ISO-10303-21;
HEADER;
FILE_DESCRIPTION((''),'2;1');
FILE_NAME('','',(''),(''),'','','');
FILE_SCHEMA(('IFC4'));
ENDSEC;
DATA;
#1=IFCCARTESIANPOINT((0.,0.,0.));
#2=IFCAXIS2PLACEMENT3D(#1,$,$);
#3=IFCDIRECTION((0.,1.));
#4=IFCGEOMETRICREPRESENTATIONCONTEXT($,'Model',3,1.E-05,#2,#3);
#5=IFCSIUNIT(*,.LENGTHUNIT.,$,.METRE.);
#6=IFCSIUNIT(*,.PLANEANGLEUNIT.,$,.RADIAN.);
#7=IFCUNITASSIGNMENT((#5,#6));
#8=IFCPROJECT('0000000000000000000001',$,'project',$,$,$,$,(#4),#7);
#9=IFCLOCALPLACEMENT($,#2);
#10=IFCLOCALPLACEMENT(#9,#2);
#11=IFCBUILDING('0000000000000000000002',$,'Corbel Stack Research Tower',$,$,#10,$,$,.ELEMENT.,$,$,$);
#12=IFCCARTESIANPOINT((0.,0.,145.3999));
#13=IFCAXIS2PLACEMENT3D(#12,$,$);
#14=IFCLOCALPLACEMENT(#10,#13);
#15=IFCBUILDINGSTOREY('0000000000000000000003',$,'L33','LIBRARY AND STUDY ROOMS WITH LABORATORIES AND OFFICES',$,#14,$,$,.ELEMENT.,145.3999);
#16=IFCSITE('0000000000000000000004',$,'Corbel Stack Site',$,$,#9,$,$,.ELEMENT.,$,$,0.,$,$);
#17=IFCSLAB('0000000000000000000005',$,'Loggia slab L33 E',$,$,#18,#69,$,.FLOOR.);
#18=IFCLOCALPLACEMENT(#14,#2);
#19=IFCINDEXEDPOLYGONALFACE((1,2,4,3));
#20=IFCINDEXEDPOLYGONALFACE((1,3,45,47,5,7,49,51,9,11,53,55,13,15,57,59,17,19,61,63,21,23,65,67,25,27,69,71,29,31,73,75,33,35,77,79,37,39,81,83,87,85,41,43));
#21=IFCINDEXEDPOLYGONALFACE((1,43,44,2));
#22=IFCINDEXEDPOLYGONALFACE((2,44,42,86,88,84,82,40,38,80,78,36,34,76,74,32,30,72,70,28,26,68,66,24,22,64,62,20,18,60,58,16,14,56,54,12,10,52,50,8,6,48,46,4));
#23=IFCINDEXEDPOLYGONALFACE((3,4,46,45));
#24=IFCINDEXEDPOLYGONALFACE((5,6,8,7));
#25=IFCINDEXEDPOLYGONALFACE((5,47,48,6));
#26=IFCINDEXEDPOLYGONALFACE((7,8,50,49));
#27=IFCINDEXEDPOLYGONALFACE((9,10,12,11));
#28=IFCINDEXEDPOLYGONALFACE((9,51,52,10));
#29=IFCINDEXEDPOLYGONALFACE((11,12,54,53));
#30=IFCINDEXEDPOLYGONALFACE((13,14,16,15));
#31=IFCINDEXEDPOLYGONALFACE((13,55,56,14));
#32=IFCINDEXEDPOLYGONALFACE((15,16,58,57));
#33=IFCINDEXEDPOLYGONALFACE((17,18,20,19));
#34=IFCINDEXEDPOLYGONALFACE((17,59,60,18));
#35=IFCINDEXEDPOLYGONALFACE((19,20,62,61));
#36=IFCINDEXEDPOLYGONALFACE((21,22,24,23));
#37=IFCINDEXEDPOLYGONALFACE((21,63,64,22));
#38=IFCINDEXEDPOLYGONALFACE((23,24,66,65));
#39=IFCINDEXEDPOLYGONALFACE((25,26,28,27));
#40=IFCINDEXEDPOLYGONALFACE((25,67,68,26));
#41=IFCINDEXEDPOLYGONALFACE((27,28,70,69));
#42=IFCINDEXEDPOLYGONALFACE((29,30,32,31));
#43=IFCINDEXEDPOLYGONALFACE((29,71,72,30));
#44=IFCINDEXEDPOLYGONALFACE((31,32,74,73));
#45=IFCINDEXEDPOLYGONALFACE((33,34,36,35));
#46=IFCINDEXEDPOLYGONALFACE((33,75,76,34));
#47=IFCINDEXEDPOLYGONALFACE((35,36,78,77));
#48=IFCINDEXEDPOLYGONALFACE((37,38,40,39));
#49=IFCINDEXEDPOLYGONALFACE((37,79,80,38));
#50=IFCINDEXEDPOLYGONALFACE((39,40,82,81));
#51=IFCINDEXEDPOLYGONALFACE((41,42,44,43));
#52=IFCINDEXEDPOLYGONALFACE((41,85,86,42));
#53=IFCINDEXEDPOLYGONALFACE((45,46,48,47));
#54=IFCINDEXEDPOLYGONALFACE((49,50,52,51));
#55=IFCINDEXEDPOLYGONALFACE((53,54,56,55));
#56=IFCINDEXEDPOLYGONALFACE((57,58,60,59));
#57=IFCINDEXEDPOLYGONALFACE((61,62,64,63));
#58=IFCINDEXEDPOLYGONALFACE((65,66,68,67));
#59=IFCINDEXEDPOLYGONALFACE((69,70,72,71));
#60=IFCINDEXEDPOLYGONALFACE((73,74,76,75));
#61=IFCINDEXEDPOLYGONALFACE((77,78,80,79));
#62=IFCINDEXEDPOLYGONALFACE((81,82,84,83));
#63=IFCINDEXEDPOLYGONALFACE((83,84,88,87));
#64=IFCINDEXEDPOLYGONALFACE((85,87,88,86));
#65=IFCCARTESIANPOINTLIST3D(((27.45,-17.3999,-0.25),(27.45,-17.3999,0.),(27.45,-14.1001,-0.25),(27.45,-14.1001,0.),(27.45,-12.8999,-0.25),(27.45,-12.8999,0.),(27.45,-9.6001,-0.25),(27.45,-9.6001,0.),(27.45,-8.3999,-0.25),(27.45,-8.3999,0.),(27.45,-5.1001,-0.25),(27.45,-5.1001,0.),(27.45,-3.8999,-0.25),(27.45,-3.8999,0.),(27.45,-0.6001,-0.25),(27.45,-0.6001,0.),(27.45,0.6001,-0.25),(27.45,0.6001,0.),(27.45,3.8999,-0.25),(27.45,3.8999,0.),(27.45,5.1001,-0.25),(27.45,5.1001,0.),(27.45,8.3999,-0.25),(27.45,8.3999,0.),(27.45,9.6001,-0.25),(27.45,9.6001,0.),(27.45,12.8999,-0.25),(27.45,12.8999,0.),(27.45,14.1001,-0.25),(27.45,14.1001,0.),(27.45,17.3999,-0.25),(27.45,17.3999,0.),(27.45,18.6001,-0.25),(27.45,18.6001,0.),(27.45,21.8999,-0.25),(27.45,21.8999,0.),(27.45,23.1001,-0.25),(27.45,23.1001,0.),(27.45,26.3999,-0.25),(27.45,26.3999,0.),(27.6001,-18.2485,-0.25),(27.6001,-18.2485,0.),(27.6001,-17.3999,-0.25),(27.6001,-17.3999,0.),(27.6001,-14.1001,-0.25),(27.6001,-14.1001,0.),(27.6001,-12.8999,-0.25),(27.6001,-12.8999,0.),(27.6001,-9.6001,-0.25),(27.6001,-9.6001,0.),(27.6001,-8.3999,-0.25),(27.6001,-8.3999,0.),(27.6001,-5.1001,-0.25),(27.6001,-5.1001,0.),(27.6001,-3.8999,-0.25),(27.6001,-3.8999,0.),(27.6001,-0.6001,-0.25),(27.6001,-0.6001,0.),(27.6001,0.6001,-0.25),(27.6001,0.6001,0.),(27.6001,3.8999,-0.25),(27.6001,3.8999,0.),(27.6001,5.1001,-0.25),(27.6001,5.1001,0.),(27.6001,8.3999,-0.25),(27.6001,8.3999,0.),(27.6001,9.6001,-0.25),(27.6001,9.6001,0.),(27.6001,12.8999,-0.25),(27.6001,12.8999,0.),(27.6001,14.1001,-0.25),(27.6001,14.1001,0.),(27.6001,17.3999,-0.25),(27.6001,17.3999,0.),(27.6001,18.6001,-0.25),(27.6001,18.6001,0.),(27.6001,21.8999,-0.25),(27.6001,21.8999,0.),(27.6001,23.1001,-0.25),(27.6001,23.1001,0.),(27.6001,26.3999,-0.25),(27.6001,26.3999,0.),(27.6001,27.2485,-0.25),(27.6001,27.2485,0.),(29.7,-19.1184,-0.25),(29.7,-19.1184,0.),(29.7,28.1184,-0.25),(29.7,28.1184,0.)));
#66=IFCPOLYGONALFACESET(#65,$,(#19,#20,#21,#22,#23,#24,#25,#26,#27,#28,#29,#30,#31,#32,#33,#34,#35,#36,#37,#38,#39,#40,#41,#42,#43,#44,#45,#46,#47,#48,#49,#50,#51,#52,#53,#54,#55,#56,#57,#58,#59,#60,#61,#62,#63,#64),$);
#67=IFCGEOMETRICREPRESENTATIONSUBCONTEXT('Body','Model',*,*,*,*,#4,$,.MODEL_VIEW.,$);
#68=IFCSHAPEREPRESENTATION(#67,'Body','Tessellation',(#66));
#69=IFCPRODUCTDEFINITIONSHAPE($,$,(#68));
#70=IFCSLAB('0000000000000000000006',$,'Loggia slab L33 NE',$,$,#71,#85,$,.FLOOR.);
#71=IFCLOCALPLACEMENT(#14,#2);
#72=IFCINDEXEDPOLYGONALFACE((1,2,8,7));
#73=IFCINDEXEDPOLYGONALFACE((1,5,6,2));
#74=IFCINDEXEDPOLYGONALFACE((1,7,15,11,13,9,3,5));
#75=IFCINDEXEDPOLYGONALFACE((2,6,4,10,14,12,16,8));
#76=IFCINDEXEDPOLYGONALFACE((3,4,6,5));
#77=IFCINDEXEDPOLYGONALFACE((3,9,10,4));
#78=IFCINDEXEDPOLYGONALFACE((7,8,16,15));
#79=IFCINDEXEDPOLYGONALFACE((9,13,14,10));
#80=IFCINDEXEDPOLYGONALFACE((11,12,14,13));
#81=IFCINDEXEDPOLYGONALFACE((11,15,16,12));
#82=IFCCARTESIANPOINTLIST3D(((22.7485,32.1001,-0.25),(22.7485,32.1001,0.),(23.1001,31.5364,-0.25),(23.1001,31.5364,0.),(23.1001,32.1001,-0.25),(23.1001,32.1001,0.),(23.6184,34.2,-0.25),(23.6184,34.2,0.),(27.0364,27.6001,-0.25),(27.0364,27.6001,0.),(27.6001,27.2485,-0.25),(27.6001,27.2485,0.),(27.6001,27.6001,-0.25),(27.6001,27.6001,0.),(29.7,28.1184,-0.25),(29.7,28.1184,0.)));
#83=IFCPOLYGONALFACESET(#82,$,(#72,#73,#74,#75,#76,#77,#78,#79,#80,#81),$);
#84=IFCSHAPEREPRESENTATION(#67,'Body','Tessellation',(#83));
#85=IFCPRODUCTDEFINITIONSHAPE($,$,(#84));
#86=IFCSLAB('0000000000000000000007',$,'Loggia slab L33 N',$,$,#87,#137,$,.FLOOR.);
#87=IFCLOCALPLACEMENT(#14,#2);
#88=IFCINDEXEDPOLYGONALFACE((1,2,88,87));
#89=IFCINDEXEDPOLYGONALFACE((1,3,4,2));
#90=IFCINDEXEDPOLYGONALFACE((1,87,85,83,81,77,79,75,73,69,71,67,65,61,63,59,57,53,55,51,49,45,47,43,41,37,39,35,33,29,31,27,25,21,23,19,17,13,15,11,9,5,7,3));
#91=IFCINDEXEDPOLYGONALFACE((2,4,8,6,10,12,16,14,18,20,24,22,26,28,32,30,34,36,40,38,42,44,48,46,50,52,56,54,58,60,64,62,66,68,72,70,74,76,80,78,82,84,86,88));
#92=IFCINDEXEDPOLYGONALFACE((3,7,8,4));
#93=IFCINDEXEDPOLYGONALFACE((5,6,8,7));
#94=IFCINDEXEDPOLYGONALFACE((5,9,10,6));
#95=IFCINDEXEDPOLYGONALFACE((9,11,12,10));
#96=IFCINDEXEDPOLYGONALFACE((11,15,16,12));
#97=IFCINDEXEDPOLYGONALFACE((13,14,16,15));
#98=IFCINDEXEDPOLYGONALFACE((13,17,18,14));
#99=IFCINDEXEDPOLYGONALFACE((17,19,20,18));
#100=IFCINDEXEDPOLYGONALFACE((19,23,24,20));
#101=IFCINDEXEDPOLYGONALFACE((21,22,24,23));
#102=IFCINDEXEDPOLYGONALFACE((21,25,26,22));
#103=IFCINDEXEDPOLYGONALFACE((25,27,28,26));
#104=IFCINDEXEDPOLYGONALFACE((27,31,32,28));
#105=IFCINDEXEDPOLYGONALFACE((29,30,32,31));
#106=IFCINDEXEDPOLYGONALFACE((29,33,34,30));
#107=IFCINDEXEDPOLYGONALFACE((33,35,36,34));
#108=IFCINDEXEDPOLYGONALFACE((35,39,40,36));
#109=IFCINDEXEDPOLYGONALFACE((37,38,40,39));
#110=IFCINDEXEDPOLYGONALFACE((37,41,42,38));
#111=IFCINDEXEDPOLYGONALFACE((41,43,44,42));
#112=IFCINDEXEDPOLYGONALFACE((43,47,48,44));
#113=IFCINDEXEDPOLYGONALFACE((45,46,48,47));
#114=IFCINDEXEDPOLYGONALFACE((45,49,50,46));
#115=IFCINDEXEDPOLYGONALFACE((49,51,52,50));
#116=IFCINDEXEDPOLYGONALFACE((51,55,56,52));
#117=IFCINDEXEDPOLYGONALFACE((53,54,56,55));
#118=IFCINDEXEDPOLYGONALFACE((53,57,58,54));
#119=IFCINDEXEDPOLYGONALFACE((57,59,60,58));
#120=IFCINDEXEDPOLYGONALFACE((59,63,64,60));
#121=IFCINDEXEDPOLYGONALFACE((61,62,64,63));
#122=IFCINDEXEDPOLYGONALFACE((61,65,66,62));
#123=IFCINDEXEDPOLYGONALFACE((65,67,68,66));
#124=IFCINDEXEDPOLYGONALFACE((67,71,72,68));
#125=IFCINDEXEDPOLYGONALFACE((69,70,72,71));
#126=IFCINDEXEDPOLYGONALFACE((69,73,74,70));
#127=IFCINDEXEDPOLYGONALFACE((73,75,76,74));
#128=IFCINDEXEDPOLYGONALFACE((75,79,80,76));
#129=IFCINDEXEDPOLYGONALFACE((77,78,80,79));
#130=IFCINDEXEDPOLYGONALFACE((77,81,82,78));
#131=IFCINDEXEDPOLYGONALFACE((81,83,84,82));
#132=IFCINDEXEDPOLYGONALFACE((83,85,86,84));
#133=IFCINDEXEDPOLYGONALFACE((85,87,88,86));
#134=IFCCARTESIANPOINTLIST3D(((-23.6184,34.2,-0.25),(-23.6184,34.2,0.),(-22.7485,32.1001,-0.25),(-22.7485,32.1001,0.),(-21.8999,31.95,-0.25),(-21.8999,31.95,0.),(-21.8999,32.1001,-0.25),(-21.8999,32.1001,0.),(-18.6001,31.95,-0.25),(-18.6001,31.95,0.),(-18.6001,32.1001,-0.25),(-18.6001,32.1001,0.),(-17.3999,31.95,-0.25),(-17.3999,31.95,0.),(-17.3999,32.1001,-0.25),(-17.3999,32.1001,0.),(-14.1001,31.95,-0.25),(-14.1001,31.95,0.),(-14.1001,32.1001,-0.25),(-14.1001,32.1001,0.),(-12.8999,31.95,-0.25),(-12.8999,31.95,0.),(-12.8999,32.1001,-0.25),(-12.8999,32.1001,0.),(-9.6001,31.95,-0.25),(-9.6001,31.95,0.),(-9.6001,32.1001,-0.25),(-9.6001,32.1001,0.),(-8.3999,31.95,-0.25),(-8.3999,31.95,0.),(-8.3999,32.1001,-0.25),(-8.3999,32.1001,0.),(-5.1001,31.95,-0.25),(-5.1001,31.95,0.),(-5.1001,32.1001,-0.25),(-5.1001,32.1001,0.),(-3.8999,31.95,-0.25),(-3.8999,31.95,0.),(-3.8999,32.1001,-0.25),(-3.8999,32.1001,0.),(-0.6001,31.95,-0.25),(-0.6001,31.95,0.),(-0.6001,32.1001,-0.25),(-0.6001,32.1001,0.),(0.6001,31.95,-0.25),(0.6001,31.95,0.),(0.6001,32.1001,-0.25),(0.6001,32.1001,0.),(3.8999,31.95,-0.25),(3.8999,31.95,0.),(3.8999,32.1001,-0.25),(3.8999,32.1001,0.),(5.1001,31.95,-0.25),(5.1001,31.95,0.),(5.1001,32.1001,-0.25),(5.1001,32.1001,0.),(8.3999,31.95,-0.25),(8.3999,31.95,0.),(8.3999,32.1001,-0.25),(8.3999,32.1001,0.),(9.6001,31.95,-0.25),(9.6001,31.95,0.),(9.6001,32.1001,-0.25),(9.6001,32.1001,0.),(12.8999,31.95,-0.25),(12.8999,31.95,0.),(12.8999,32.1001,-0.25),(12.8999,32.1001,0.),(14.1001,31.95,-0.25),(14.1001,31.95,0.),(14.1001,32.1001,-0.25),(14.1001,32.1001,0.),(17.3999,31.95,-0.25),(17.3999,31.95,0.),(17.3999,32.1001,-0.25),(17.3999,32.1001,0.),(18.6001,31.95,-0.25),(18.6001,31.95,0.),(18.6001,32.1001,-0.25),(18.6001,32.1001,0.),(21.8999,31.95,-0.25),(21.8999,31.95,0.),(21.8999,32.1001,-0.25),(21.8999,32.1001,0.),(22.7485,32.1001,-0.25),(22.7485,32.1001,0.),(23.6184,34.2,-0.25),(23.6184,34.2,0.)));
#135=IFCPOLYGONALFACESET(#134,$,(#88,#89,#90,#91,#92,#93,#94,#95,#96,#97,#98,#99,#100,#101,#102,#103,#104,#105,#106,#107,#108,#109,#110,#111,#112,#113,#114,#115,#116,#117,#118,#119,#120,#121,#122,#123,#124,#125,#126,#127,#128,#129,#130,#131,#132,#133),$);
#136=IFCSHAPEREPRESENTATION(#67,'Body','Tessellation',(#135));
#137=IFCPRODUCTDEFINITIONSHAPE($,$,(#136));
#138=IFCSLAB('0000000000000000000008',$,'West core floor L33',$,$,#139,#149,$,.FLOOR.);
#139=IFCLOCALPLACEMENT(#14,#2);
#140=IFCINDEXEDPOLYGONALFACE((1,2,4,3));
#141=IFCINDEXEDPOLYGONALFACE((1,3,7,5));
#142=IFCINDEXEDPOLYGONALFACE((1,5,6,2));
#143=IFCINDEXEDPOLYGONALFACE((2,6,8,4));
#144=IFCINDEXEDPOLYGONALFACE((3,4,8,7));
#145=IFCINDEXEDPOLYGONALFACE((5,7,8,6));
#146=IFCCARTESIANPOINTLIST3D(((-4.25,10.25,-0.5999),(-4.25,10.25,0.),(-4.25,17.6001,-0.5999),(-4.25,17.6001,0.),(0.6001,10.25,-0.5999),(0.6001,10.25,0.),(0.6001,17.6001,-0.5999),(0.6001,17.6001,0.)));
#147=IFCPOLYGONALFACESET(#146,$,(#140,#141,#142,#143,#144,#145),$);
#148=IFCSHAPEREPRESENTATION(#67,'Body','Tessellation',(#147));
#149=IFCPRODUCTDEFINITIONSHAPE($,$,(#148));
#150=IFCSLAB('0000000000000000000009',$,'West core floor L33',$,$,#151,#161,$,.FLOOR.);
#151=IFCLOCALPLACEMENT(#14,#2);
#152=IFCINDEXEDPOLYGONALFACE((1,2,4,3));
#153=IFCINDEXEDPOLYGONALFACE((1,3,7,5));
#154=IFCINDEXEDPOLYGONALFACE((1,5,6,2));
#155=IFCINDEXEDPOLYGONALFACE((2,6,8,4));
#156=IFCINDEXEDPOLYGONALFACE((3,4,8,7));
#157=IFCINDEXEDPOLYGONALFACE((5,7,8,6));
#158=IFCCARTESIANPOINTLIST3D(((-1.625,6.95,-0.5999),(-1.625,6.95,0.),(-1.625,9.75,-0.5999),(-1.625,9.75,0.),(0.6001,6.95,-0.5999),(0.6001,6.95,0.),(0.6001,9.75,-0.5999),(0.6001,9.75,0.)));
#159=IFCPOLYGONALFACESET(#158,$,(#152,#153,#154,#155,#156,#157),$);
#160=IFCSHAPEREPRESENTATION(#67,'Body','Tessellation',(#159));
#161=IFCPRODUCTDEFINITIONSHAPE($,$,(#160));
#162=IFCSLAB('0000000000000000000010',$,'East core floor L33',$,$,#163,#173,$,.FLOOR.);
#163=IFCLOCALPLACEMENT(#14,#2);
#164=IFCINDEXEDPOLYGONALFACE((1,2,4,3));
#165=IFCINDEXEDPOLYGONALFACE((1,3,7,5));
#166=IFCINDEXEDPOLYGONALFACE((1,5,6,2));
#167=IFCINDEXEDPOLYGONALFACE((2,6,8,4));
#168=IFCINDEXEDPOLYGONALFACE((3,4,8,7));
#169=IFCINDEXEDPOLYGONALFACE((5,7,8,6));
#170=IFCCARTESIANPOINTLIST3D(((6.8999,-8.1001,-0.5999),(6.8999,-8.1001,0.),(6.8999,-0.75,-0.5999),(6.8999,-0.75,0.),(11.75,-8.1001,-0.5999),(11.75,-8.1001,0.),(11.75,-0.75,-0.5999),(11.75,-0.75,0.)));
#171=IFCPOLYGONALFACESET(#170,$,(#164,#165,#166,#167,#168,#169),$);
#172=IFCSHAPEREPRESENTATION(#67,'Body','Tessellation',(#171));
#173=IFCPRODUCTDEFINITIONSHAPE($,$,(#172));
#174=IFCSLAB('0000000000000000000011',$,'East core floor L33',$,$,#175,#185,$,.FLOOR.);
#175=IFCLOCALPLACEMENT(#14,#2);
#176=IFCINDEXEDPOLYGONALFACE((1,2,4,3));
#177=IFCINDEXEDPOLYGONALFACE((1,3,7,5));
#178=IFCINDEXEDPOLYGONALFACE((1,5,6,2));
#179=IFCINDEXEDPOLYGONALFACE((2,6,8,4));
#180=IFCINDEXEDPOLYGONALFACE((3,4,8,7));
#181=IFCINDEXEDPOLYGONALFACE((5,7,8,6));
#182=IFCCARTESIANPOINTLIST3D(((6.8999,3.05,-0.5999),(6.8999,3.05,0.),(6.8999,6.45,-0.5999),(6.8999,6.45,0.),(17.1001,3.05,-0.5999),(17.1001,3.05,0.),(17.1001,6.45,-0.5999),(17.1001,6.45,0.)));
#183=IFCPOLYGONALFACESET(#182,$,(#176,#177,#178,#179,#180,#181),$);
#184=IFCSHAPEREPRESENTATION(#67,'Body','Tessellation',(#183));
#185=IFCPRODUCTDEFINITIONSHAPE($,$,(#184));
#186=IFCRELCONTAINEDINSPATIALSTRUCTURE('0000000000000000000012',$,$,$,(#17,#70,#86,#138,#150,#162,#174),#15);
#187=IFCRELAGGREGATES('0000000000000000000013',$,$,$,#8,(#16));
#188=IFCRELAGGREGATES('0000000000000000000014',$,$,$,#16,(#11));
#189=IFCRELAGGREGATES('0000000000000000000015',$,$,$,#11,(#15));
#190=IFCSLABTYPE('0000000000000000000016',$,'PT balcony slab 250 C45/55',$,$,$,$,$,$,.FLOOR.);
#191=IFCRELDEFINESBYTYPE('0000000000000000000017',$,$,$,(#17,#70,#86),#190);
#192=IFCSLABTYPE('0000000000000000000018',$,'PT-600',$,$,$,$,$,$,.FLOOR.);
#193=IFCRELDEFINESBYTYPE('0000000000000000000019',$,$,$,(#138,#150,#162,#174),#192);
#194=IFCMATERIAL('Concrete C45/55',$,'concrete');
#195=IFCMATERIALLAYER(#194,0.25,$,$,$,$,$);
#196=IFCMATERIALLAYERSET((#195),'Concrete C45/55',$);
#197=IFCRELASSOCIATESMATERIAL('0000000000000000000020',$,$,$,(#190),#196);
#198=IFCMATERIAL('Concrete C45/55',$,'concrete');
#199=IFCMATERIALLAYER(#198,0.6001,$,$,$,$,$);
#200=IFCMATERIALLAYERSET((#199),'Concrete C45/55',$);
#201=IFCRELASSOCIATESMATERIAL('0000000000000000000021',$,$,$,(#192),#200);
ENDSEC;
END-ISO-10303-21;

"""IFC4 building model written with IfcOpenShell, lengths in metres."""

from ifc_helpers import new_model, si_unit, direction, frame, origin, place, context, subcontext, project, spatial, polyline, outline, extrude, material, layer, layer_set, type_object, element, save


model = new_model("IFC4")

# Units and contexts
model_context = context("Model", 3, precision=1e-05, world=origin(), true_north=direction((0.0, 1.0)))
body_context = subcontext(model_context, "Body", "Model", "MODEL_VIEW")
ifc_project = project(units=[si_unit("LENGTHUNIT", "METRE"), si_unit("PLANEANGLEUNIT", "RADIAN")], contexts=[model_context])

# Site, building, storey
site_placement = place(None, origin())
site = spatial("IfcSite", under=ifc_project, at=site_placement, Name="Corbel Stack Site", CompositionType="ELEMENT", RefElevation=0.0)
building_placement = place(site_placement, origin())
building = spatial("IfcBuilding", under=site, at=building_placement, Name="Corbel Stack Research Tower", CompositionType="ELEMENT")
storey_placement = place(building_placement, frame((0.0, 0.0, 145.3999)))
storey = spatial("IfcBuildingStorey", under=building, at=storey_placement, Name="L33", Description="LIBRARY AND STUDY ROOMS WITH LABORATORIES AND OFFICES", CompositionType="ELEMENT", Elevation=145.3999)

# Slabs
ifc_material_1 = material(Name="Concrete C45/55", Category="concrete")
ifc_layer_1 = layer(ifc_material_1, 0.25)
ifc_layer_set_1 = layer_set([ifc_layer_1], Name="Concrete C45/55")
slab_type_1 = type_object("IfcSlabType", Name="PT balcony slab 250 C45/55", PredefinedType="FLOOR", material=ifc_layer_set_1)
slab_1_placement = place(storey_placement, frame((0.0, 0.0, -0.25)))
element("IfcSlab", 1, at=slab_1_placement, inside=storey, type_object=slab_type_1, Name="Loggia slab L33 E", PredefinedType="FLOOR", context=body_context, shape_type="SweptSolid", body=[
    extrude(outline(polyline([(27.6001, 27.2485), (27.6001, 26.3999), (27.45, 26.3999), (27.45, 23.1001), (27.6001, 23.1001), (27.6001, 21.8999), (27.45, 21.8999), (27.45, 18.6001), (27.6001, 18.6001), (27.6001, 17.3999), (27.45, 17.3999), (27.45, 14.1001), (27.6001, 14.1001), (27.6001, 12.8999), (27.45, 12.8999), (27.45, 9.6001), (27.6001, 9.6001), (27.6001, 8.3999), (27.45, 8.3999), (27.45, 5.1001), (27.6001, 5.1001), (27.6001, 3.8999), (27.45, 3.8999), (27.45, 0.6001), (27.6001, 0.6001), (27.6001, -0.6001), (27.45, -0.6001), (27.45, -3.8999), (27.6001, -3.8999), (27.6001, -5.1001), (27.45, -5.1001), (27.45, -8.3999), (27.6001, -8.3999), (27.6001, -9.6001), (27.45, -9.6001), (27.45, -12.8999), (27.6001, -12.8999), (27.6001, -14.1001), (27.45, -14.1001), (27.45, -17.3999), (27.6001, -17.3999), (27.6001, -18.2485), (29.7, -19.1184), (29.7, 28.1184), (27.6001, 27.2485)])), origin(), (0.0, 0.0, 1.0), 0.25),
])
slab_2_placement = place(storey_placement, frame((0.0, 0.0, -0.25)))
element("IfcSlab", 2, at=slab_2_placement, inside=storey, type_object=slab_type_1, Name="Loggia slab L33 NE", PredefinedType="FLOOR", context=body_context, shape_type="SweptSolid", body=[
    extrude(outline(polyline([(22.7485, 32.1001), (23.1001, 32.1001), (23.1001, 31.5364), (27.0364, 27.6001), (27.6001, 27.6001), (27.6001, 27.2485), (29.7, 28.1184), (23.6184, 34.2), (22.7485, 32.1001)])), origin(), (0.0, 0.0, 1.0), 0.25),
])
slab_3_placement = place(storey_placement, frame((0.0, 0.0, -0.25)))
element("IfcSlab", 3, at=slab_3_placement, inside=storey, type_object=slab_type_1, Name="Loggia slab L33 N", PredefinedType="FLOOR", context=body_context, shape_type="SweptSolid", body=[
    extrude(outline(polyline([(-22.7485, 32.1001), (-21.8999, 32.1001), (-21.8999, 31.95), (-18.6001, 31.95), (-18.6001, 32.1001), (-17.3999, 32.1001), (-17.3999, 31.95), (-14.1001, 31.95), (-14.1001, 32.1001), (-12.8999, 32.1001), (-12.8999, 31.95), (-9.6001, 31.95), (-9.6001, 32.1001), (-8.3999, 32.1001), (-8.3999, 31.95), (-5.1001, 31.95), (-5.1001, 32.1001), (-3.8999, 32.1001), (-3.8999, 31.95), (-0.6001, 31.95), (-0.6001, 32.1001), (0.6001, 32.1001), (0.6001, 31.95), (3.8999, 31.95), (3.8999, 32.1001), (5.1001, 32.1001), (5.1001, 31.95), (8.3999, 31.95), (8.3999, 32.1001), (9.6001, 32.1001), (9.6001, 31.95), (12.8999, 31.95), (12.8999, 32.1001), (14.1001, 32.1001), (14.1001, 31.95), (17.3999, 31.95), (17.3999, 32.1001), (18.6001, 32.1001), (18.6001, 31.95), (21.8999, 31.95), (21.8999, 32.1001), (22.7485, 32.1001), (23.6184, 34.2), (-23.6184, 34.2), (-22.7485, 32.1001)])), origin(), (0.0, 0.0, 1.0), 0.25),
])
ifc_material_2 = material(Name="Concrete C45/55", Category="concrete")
ifc_layer_2 = layer(ifc_material_2, 0.6001)
ifc_layer_set_2 = layer_set([ifc_layer_2], Name="Concrete C45/55")
slab_type_2 = type_object("IfcSlabType", Name="PT-600", PredefinedType="FLOOR", material=ifc_layer_set_2)
slab_4_placement = place(storey_placement, frame((0.0, 0.0, -0.5999)))
element("IfcSlab", 4, at=slab_4_placement, inside=storey, type_object=slab_type_2, Name="West core floor L33", PredefinedType="FLOOR", context=body_context, shape_type="SweptSolid", body=[
    extrude(outline(polyline([(0.6001, 17.6001), (-4.25, 17.6001), (-4.25, 10.25), (0.6001, 10.25), (0.6001, 17.6001)])), origin(), (0.0, 0.0, 1.0), 0.5999),
])
slab_5_placement = place(storey_placement, frame((0.0, 0.0, -0.5999)))
element("IfcSlab", 5, at=slab_5_placement, inside=storey, type_object=slab_type_2, Name="West core floor L33", PredefinedType="FLOOR", context=body_context, shape_type="SweptSolid", body=[
    extrude(outline(polyline([(0.6001, 9.75), (-1.625, 9.75), (-1.625, 6.95), (0.6001, 6.95), (0.6001, 9.75)])), origin(), (0.0, 0.0, 1.0), 0.5999),
])
slab_6_placement = place(storey_placement, frame((0.0, 0.0, -0.5999)))
element("IfcSlab", 6, at=slab_6_placement, inside=storey, type_object=slab_type_2, Name="East core floor L33", PredefinedType="FLOOR", context=body_context, shape_type="SweptSolid", body=[
    extrude(outline(polyline([(11.75, -0.75), (6.8999, -0.75), (6.8999, -8.1001), (11.75, -8.1001), (11.75, -0.75)])), origin(), (0.0, 0.0, 1.0), 0.5999),
])
slab_7_placement = place(storey_placement, frame((0.0, 0.0, -0.5999)))
element("IfcSlab", 7, at=slab_7_placement, inside=storey, type_object=slab_type_2, Name="East core floor L33", PredefinedType="FLOOR", context=body_context, shape_type="SweptSolid", body=[
    extrude(outline(polyline([(6.8999, 6.45), (6.8999, 3.05), (17.1001, 3.05), (17.1001, 6.45), (6.8999, 6.45)])), origin(), (0.0, 0.0, 1.0), 0.5999),
])

save(model, "model.ifc")
